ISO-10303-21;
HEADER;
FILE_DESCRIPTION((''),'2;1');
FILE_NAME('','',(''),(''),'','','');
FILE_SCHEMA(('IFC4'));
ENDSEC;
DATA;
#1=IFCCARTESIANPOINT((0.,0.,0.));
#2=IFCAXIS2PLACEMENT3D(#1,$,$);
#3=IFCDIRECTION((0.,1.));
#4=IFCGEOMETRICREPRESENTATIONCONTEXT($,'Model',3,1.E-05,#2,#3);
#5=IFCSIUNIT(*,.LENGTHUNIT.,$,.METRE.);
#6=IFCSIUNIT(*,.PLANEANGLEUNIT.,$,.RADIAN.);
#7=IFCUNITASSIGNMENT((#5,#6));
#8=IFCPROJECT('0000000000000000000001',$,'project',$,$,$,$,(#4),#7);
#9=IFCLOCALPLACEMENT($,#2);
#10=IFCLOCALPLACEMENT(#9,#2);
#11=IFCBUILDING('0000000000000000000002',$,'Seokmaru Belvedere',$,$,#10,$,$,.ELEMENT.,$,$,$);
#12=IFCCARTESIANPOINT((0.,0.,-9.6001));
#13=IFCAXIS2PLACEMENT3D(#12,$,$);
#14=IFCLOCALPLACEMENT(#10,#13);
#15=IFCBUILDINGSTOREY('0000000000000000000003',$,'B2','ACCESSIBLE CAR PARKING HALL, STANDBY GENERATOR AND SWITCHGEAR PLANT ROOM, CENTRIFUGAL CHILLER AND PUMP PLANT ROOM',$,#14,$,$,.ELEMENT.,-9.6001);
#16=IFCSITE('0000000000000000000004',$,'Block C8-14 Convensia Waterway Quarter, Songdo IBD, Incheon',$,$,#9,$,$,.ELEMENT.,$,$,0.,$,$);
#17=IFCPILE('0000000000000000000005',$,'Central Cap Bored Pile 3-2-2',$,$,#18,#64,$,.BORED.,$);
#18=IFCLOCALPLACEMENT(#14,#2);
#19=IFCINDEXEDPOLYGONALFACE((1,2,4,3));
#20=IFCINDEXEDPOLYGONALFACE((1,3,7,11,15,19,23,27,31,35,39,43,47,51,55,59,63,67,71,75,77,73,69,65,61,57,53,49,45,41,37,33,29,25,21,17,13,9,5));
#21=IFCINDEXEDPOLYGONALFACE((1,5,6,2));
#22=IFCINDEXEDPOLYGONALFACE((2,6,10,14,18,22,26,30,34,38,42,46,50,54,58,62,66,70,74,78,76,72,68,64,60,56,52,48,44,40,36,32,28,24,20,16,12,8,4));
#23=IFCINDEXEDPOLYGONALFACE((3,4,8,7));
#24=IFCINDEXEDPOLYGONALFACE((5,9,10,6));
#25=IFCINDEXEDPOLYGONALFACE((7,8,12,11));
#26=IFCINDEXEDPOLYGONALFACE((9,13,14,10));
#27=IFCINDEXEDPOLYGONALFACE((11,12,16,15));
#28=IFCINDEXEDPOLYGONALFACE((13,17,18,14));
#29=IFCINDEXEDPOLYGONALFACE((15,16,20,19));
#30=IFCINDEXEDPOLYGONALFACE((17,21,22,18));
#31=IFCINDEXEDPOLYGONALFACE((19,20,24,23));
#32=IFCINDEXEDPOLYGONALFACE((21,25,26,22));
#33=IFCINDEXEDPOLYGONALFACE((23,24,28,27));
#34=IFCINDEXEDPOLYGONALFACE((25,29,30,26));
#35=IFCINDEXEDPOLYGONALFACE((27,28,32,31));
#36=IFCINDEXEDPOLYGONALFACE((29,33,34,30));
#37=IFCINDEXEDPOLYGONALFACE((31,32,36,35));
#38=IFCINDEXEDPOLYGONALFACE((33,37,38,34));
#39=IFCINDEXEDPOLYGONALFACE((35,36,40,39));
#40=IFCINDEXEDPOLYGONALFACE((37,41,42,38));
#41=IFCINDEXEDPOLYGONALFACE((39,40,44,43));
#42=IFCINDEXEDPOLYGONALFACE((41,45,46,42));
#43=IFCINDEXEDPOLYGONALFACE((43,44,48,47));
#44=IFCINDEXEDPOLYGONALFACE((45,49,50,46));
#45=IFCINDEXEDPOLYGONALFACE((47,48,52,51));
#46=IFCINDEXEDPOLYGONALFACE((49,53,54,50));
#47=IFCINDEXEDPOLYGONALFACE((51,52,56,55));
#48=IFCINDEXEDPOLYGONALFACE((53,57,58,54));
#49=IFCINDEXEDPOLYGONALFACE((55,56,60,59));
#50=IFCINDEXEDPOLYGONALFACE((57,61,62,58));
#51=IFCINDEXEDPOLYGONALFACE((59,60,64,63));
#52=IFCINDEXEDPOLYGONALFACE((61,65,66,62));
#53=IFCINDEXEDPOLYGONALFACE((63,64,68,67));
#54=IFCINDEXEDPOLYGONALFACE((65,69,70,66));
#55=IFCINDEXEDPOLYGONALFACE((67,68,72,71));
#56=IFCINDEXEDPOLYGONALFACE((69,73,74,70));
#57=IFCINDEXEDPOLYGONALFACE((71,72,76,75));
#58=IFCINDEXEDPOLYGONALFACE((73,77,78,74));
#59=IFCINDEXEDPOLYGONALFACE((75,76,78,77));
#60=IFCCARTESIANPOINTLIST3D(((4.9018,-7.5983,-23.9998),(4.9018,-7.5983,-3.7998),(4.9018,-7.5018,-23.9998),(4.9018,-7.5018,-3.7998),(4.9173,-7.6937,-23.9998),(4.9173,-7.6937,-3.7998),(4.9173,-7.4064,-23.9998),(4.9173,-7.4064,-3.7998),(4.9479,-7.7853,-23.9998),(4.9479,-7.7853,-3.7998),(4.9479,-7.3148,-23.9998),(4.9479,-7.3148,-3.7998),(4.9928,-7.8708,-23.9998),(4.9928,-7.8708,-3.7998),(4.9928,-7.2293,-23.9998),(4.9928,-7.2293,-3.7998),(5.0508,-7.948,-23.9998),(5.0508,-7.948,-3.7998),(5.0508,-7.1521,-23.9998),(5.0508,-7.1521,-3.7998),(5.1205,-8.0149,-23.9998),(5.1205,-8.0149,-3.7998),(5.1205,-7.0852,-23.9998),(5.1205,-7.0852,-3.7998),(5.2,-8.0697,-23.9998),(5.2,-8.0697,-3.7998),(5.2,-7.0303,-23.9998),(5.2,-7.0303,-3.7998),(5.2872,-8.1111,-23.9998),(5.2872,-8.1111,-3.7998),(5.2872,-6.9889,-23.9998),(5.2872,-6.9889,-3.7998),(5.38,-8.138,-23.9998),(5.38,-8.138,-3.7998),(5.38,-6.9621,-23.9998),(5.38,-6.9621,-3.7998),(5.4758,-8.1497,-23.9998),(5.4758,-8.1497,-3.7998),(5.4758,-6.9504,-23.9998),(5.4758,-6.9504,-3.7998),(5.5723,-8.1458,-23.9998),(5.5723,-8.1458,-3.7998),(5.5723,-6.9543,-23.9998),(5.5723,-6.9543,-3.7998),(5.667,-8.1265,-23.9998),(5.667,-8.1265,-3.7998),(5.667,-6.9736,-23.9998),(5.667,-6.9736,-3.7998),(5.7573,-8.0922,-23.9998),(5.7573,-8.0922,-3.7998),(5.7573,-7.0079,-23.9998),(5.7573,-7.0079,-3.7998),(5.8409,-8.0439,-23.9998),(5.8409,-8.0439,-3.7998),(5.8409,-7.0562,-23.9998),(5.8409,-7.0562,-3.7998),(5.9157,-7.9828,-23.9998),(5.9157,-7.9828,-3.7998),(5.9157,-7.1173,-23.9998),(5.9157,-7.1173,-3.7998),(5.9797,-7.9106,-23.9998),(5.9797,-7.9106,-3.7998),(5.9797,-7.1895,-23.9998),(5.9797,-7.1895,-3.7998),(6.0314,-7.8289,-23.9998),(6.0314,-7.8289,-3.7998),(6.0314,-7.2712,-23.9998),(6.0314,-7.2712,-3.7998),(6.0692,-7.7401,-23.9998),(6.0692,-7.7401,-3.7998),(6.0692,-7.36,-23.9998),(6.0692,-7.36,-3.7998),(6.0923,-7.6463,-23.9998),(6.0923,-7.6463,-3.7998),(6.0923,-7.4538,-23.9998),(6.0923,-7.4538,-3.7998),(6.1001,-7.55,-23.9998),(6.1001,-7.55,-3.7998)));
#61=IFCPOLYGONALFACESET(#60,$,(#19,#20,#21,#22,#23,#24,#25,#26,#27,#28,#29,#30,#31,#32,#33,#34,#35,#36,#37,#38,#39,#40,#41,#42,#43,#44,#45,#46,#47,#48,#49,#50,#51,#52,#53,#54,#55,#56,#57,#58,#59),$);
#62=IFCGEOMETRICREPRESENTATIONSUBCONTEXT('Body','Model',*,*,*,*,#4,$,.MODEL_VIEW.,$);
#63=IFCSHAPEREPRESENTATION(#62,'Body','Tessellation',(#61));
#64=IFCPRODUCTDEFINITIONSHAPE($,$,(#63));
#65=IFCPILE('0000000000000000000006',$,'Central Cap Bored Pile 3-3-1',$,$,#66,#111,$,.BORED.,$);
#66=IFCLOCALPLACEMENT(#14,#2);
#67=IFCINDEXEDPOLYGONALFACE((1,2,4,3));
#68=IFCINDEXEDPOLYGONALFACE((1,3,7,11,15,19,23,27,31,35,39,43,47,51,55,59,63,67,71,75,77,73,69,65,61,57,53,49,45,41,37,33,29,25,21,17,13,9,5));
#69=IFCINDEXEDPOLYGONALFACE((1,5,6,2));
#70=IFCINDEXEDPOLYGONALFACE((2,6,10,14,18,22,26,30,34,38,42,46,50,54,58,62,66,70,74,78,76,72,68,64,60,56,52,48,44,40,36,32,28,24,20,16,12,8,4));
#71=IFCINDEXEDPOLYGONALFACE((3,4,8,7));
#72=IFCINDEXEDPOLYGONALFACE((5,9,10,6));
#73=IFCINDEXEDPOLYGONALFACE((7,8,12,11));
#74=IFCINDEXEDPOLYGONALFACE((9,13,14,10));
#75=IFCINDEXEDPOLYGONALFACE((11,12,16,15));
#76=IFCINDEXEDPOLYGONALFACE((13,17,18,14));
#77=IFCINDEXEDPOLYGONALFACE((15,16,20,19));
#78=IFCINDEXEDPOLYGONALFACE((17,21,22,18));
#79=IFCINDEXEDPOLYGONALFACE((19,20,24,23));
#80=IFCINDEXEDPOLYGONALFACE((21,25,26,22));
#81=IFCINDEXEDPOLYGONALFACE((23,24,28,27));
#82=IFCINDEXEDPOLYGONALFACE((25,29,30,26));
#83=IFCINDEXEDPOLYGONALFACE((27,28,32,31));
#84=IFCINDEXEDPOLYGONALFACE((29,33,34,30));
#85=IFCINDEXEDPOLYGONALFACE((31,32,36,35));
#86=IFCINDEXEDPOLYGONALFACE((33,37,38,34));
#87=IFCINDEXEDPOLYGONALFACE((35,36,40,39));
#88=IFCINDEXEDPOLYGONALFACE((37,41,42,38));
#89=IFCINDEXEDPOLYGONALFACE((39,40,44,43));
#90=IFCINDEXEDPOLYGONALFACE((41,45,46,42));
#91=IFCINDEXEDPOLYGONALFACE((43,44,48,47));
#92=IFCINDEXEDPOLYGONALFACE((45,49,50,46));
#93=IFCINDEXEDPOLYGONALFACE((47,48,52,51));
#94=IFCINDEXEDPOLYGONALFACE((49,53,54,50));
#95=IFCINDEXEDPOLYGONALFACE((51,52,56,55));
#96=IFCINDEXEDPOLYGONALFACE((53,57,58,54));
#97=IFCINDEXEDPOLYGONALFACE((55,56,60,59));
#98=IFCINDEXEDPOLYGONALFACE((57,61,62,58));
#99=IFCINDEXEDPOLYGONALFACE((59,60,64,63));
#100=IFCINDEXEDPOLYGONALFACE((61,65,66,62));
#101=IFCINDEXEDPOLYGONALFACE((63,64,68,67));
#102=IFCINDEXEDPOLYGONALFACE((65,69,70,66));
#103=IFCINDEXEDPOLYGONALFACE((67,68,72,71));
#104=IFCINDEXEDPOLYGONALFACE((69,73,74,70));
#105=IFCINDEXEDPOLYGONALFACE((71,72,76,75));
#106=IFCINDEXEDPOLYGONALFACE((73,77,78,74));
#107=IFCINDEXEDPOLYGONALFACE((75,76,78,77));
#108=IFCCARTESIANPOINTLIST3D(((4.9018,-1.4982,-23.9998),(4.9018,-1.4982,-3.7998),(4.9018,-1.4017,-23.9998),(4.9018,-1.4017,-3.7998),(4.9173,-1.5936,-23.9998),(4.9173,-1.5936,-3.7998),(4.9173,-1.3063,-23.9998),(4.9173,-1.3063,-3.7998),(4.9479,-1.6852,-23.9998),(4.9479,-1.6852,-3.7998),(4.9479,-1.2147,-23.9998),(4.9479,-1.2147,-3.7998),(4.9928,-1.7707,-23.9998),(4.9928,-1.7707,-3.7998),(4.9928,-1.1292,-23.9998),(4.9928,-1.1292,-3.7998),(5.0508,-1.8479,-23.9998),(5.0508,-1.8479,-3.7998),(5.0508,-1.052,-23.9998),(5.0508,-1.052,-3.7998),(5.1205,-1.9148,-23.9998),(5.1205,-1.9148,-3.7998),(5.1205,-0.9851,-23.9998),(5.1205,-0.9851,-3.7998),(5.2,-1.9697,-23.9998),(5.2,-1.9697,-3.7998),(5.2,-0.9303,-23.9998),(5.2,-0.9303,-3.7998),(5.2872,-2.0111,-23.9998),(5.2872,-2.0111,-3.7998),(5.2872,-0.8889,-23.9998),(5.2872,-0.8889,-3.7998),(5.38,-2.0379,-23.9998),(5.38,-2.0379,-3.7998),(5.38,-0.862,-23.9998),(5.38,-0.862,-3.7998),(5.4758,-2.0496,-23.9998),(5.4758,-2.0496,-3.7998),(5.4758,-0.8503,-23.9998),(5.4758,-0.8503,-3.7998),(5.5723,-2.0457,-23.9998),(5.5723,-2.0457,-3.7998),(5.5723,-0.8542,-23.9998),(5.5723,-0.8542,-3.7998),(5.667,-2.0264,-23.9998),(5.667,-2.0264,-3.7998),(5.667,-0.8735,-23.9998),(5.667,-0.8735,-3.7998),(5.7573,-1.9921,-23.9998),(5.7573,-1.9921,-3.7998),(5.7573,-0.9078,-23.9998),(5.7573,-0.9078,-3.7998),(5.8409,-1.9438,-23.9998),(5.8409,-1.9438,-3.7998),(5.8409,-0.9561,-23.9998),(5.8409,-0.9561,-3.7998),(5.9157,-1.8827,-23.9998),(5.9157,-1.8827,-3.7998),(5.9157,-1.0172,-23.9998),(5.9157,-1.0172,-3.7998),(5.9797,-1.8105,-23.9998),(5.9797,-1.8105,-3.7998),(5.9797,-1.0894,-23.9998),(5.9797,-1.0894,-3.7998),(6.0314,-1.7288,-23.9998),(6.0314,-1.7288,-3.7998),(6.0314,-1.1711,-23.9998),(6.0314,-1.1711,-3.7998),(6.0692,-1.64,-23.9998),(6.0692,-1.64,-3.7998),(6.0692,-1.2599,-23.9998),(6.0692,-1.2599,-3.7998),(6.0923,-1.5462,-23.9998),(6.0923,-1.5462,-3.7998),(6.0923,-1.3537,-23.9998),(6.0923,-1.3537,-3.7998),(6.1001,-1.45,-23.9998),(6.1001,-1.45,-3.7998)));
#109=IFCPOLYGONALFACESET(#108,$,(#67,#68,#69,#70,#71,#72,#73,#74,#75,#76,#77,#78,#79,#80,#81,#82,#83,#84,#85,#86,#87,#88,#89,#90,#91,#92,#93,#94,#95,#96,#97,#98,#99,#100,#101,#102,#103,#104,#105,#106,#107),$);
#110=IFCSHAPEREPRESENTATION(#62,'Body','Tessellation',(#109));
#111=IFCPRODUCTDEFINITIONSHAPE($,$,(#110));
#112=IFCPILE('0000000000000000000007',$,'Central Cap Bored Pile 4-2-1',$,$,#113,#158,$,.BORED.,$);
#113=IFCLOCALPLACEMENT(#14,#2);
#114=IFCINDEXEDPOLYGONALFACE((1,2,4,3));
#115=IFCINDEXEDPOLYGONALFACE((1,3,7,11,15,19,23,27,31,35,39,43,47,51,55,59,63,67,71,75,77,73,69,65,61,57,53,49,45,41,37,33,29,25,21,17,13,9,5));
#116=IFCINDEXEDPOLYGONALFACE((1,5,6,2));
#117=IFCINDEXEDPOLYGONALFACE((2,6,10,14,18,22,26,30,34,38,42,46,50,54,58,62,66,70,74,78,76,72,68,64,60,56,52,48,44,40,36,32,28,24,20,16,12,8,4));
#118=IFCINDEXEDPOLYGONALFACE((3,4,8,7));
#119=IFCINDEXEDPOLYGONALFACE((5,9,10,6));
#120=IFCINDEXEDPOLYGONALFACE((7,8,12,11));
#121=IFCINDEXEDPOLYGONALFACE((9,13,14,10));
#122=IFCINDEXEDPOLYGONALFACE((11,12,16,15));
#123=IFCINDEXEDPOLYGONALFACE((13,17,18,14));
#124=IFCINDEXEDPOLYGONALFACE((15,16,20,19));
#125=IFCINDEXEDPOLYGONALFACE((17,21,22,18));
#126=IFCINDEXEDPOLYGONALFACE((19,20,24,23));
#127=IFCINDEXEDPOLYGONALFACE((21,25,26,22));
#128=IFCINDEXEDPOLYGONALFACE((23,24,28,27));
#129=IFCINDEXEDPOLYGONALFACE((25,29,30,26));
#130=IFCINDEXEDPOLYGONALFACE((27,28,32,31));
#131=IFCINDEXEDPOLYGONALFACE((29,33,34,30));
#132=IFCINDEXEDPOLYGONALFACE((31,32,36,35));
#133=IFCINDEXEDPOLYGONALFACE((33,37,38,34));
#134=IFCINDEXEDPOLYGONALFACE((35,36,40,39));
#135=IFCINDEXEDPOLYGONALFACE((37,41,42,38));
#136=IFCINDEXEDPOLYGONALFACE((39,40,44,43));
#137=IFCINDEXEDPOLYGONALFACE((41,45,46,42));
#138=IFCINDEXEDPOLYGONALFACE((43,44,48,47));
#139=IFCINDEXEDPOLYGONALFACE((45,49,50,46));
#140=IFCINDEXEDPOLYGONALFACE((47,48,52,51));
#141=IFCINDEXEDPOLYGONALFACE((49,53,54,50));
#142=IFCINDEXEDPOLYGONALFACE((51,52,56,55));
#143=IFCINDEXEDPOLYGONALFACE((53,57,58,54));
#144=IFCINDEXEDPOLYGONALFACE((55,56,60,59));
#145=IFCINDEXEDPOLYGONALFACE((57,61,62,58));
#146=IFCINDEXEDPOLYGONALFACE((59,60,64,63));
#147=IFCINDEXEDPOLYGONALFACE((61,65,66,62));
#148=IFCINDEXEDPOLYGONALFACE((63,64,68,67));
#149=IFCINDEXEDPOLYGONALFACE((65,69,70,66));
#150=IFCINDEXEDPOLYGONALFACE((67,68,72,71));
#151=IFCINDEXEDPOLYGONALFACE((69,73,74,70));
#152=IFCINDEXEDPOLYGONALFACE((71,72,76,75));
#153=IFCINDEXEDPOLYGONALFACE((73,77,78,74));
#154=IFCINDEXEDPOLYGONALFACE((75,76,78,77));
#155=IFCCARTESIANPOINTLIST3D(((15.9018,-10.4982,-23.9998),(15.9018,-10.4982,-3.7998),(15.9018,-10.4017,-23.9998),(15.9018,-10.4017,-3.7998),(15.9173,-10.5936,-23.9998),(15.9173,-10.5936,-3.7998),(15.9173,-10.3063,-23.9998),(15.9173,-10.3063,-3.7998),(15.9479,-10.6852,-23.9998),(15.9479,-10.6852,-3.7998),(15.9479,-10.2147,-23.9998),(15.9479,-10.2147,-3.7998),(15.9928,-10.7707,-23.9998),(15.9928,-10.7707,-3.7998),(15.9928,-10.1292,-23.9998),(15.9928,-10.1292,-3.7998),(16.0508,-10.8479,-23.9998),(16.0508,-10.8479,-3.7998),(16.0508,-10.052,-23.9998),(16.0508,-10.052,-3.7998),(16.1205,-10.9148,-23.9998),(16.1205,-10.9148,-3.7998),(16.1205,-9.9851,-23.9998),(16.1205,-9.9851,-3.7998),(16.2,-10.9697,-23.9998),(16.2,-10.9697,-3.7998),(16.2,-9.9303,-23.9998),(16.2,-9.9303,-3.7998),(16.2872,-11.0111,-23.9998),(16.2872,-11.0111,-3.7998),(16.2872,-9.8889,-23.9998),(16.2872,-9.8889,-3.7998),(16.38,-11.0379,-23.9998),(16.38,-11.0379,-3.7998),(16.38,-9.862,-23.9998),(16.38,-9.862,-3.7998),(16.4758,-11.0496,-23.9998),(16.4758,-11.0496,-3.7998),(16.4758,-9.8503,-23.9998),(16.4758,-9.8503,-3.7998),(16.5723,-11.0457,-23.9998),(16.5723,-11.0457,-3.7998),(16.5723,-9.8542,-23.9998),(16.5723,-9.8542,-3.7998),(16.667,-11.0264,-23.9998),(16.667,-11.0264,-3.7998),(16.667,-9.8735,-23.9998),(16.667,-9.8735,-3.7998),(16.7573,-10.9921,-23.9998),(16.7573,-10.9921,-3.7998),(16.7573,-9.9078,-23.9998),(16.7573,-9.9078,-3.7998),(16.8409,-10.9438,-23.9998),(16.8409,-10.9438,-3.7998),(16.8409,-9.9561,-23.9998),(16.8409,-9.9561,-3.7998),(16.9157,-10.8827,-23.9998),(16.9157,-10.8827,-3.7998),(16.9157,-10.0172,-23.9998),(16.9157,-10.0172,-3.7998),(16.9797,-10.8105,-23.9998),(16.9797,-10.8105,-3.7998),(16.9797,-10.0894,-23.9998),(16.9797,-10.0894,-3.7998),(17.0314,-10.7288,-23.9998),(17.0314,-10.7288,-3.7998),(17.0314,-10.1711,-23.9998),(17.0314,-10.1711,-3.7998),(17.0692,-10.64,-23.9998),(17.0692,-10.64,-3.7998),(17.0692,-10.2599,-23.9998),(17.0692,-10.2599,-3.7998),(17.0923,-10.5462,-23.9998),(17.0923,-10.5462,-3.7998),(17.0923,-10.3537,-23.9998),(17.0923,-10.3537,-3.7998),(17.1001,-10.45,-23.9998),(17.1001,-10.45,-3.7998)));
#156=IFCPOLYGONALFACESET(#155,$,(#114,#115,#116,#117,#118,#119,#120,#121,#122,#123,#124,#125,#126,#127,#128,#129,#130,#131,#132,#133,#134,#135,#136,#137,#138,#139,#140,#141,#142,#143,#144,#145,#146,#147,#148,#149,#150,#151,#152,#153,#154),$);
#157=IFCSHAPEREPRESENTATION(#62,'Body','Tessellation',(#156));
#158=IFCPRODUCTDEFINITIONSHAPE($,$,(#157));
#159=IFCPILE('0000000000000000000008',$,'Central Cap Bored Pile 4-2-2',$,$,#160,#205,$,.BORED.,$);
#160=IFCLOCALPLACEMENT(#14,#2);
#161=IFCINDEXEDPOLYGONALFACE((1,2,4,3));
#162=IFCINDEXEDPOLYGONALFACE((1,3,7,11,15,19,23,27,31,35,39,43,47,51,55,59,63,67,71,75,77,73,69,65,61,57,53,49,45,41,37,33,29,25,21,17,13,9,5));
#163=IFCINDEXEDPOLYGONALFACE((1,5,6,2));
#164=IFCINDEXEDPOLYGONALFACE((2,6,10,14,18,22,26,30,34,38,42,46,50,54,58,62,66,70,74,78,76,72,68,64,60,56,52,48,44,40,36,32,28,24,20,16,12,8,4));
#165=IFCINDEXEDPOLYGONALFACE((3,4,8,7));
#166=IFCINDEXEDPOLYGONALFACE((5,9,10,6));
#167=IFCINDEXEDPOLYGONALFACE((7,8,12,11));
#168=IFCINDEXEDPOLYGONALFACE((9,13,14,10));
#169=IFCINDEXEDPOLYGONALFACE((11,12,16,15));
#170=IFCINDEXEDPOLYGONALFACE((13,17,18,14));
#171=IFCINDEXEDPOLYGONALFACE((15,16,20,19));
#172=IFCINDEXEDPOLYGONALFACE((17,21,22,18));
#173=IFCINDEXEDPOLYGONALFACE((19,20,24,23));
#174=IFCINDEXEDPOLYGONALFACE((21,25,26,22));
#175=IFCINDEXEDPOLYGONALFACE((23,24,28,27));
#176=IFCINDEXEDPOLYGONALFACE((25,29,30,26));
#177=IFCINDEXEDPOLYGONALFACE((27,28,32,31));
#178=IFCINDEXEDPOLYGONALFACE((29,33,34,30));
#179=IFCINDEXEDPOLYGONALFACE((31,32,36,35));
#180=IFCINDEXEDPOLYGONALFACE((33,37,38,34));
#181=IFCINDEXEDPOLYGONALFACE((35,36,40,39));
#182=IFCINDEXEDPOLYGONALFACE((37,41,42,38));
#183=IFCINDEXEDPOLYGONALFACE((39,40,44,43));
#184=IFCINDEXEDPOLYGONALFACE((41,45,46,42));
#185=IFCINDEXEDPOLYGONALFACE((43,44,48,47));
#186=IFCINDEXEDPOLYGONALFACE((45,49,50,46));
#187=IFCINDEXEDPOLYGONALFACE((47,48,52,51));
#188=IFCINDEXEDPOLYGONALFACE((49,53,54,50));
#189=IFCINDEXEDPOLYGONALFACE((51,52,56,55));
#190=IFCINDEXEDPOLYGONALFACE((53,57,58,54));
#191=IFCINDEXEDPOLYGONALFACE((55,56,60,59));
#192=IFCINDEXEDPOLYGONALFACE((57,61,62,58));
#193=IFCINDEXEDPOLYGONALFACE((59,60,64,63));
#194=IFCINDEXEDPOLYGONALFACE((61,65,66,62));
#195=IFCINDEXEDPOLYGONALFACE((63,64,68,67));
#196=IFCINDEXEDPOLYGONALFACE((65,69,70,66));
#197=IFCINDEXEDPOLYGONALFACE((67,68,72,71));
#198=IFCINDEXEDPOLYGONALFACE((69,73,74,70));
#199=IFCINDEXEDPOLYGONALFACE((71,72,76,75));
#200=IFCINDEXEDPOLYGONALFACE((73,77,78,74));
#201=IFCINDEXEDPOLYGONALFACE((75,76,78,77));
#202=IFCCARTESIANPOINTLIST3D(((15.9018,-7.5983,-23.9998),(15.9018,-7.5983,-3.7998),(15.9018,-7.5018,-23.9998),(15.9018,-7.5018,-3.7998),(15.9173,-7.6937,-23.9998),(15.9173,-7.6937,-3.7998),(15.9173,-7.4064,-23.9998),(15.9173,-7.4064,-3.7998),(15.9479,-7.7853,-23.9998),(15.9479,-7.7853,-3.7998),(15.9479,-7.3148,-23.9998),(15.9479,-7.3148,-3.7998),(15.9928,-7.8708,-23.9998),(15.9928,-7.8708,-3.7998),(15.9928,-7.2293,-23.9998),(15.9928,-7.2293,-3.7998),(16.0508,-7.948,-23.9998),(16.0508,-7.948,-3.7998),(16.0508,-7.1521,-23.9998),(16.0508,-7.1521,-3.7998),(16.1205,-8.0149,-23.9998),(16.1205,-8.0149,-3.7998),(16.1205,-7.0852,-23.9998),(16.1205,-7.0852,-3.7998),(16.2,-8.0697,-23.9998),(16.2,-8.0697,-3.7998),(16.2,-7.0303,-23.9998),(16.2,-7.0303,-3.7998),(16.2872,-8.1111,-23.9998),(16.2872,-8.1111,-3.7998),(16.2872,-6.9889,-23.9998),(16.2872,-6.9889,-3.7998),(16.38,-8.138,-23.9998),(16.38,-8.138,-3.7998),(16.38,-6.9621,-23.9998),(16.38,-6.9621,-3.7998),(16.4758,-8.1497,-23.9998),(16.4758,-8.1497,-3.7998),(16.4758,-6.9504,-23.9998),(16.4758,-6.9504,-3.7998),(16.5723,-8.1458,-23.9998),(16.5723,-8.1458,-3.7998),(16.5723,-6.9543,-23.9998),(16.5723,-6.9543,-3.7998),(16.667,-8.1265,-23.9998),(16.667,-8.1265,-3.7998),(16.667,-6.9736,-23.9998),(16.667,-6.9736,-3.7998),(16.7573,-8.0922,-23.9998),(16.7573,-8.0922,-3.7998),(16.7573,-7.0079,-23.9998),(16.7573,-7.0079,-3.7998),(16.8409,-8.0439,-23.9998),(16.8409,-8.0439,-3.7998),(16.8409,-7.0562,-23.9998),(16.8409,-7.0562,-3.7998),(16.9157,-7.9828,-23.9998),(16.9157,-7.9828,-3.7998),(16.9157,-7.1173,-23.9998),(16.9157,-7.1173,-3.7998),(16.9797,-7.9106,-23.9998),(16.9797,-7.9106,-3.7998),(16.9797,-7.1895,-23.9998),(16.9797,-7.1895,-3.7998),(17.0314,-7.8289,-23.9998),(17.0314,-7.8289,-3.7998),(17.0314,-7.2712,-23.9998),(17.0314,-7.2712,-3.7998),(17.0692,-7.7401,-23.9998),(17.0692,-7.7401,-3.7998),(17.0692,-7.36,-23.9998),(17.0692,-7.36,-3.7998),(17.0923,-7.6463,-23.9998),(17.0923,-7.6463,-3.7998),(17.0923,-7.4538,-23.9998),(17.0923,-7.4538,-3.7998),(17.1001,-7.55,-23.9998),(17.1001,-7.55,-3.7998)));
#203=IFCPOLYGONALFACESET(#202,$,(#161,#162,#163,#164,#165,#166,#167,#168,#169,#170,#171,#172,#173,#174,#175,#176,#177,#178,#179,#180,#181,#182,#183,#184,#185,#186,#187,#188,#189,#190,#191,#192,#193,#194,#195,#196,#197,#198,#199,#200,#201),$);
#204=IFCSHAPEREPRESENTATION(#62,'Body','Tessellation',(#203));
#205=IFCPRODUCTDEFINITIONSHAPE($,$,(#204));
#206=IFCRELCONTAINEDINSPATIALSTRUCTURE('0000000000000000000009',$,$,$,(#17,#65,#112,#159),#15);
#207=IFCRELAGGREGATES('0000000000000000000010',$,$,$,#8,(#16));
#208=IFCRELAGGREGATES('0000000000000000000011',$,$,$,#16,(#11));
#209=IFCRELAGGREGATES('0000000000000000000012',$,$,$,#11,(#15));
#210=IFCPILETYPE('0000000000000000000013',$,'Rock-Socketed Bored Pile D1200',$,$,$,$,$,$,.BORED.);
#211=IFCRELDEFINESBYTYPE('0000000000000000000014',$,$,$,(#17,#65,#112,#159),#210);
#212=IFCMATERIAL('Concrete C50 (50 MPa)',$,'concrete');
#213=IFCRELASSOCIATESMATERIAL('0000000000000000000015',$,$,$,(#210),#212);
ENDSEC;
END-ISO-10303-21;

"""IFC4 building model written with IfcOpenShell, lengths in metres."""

from ifc_helpers import new_model, si_unit, direction, frame, origin, origin_2d, place, context, subcontext, project, spatial, circle, extrude, source, transform, mapped, material, material_profile, profile_set, type_object, type_shapes, element, save


model = new_model("IFC4")

# Units and contexts
model_context = context("Model", 3, precision=1e-05, world=origin(), true_north=direction((0.0, 1.0)))
body_context = subcontext(model_context, "Body", "Model", "MODEL_VIEW")
ifc_project = project(units=[si_unit("LENGTHUNIT", "METRE"), si_unit("PLANEANGLEUNIT", "RADIAN")], contexts=[model_context])

# Site, building, storey
site_placement = place(None, origin())
site = spatial("IfcSite", under=ifc_project, at=site_placement, Name="Block C8-14 Convensia Waterway Quarter, Songdo IBD, Incheon", CompositionType="ELEMENT", RefElevation=0.0)
building_placement = place(site_placement, origin())
building = spatial("IfcBuilding", under=site, at=building_placement, Name="Seokmaru Belvedere", CompositionType="ELEMENT")
storey_placement = place(building_placement, frame((0.0, 0.0, -9.6001)))
storey = spatial("IfcBuildingStorey", under=building, at=storey_placement, Name="B2", Description="ACCESSIBLE CAR PARKING HALL, STANDBY GENERATOR AND SWITCHGEAR PLANT ROOM, CENTRIFUGAL CHILLER AND PUMP PLANT ROOM", CompositionType="ELEMENT", Elevation=-9.6001)

# Piles
ifc_material_1 = material(Name="Concrete C50 (50 MPa)", Category="concrete")
ifc_material_profile_1 = material_profile(ifc_material_1, circle(Radius=0.6001, at=origin_2d()), Name="PILE-D1200")
ifc_profile_set_1 = profile_set([ifc_material_profile_1], Name="Concrete C50 (50 MPa)")
pile_type_1 = type_object("IfcPileType", Name="Rock-Socketed Bored Pile D1200", PredefinedType="BORED", material=ifc_profile_set_1)
shared_shape_1 = source(origin(), body_context, "Body", "SweptSolid", [
    extrude(circle(Radius=0.6001, at=origin_2d()), origin(), (0.0, 0.0, 1.0), 20.2),
])
type_shapes(pile_type_1, [shared_shape_1])
for number, where, z_axis, x_axis, name in (
    (1, (5.5, -7.55, -3.7998), (0.0, 0.0, -1.0), (1.0, 0.0, 0.0), "Central Cap Bored Pile 3-2-2"),
    (2, (5.5, -1.45, -3.7998), (0.0, 0.0, -1.0), (1.0, 0.0, 0.0), "Central Cap Bored Pile 3-3-1"),
    (3, (16.5, -10.45, -3.7998), (0.0, 0.0, -1.0), (1.0, 0.0, 0.0), "Central Cap Bored Pile 4-2-1"),
    (4, (16.5, -7.55, -3.7998), (0.0, 0.0, -1.0), (1.0, 0.0, 0.0), "Central Cap Bored Pile 4-2-2"),
):
    element("IfcPile", number, at=place(storey_placement, frame(where, z_axis=z_axis, x_axis=x_axis)), inside=storey, type_object=pile_type_1, Name=name, PredefinedType="BORED", context=body_context, shape_type="MappedRepresentation", body=[
        mapped(shared_shape_1, transform((0.0, 0.0, 0.0), scale=1.0)),
    ])

save(model, "model.ifc")
